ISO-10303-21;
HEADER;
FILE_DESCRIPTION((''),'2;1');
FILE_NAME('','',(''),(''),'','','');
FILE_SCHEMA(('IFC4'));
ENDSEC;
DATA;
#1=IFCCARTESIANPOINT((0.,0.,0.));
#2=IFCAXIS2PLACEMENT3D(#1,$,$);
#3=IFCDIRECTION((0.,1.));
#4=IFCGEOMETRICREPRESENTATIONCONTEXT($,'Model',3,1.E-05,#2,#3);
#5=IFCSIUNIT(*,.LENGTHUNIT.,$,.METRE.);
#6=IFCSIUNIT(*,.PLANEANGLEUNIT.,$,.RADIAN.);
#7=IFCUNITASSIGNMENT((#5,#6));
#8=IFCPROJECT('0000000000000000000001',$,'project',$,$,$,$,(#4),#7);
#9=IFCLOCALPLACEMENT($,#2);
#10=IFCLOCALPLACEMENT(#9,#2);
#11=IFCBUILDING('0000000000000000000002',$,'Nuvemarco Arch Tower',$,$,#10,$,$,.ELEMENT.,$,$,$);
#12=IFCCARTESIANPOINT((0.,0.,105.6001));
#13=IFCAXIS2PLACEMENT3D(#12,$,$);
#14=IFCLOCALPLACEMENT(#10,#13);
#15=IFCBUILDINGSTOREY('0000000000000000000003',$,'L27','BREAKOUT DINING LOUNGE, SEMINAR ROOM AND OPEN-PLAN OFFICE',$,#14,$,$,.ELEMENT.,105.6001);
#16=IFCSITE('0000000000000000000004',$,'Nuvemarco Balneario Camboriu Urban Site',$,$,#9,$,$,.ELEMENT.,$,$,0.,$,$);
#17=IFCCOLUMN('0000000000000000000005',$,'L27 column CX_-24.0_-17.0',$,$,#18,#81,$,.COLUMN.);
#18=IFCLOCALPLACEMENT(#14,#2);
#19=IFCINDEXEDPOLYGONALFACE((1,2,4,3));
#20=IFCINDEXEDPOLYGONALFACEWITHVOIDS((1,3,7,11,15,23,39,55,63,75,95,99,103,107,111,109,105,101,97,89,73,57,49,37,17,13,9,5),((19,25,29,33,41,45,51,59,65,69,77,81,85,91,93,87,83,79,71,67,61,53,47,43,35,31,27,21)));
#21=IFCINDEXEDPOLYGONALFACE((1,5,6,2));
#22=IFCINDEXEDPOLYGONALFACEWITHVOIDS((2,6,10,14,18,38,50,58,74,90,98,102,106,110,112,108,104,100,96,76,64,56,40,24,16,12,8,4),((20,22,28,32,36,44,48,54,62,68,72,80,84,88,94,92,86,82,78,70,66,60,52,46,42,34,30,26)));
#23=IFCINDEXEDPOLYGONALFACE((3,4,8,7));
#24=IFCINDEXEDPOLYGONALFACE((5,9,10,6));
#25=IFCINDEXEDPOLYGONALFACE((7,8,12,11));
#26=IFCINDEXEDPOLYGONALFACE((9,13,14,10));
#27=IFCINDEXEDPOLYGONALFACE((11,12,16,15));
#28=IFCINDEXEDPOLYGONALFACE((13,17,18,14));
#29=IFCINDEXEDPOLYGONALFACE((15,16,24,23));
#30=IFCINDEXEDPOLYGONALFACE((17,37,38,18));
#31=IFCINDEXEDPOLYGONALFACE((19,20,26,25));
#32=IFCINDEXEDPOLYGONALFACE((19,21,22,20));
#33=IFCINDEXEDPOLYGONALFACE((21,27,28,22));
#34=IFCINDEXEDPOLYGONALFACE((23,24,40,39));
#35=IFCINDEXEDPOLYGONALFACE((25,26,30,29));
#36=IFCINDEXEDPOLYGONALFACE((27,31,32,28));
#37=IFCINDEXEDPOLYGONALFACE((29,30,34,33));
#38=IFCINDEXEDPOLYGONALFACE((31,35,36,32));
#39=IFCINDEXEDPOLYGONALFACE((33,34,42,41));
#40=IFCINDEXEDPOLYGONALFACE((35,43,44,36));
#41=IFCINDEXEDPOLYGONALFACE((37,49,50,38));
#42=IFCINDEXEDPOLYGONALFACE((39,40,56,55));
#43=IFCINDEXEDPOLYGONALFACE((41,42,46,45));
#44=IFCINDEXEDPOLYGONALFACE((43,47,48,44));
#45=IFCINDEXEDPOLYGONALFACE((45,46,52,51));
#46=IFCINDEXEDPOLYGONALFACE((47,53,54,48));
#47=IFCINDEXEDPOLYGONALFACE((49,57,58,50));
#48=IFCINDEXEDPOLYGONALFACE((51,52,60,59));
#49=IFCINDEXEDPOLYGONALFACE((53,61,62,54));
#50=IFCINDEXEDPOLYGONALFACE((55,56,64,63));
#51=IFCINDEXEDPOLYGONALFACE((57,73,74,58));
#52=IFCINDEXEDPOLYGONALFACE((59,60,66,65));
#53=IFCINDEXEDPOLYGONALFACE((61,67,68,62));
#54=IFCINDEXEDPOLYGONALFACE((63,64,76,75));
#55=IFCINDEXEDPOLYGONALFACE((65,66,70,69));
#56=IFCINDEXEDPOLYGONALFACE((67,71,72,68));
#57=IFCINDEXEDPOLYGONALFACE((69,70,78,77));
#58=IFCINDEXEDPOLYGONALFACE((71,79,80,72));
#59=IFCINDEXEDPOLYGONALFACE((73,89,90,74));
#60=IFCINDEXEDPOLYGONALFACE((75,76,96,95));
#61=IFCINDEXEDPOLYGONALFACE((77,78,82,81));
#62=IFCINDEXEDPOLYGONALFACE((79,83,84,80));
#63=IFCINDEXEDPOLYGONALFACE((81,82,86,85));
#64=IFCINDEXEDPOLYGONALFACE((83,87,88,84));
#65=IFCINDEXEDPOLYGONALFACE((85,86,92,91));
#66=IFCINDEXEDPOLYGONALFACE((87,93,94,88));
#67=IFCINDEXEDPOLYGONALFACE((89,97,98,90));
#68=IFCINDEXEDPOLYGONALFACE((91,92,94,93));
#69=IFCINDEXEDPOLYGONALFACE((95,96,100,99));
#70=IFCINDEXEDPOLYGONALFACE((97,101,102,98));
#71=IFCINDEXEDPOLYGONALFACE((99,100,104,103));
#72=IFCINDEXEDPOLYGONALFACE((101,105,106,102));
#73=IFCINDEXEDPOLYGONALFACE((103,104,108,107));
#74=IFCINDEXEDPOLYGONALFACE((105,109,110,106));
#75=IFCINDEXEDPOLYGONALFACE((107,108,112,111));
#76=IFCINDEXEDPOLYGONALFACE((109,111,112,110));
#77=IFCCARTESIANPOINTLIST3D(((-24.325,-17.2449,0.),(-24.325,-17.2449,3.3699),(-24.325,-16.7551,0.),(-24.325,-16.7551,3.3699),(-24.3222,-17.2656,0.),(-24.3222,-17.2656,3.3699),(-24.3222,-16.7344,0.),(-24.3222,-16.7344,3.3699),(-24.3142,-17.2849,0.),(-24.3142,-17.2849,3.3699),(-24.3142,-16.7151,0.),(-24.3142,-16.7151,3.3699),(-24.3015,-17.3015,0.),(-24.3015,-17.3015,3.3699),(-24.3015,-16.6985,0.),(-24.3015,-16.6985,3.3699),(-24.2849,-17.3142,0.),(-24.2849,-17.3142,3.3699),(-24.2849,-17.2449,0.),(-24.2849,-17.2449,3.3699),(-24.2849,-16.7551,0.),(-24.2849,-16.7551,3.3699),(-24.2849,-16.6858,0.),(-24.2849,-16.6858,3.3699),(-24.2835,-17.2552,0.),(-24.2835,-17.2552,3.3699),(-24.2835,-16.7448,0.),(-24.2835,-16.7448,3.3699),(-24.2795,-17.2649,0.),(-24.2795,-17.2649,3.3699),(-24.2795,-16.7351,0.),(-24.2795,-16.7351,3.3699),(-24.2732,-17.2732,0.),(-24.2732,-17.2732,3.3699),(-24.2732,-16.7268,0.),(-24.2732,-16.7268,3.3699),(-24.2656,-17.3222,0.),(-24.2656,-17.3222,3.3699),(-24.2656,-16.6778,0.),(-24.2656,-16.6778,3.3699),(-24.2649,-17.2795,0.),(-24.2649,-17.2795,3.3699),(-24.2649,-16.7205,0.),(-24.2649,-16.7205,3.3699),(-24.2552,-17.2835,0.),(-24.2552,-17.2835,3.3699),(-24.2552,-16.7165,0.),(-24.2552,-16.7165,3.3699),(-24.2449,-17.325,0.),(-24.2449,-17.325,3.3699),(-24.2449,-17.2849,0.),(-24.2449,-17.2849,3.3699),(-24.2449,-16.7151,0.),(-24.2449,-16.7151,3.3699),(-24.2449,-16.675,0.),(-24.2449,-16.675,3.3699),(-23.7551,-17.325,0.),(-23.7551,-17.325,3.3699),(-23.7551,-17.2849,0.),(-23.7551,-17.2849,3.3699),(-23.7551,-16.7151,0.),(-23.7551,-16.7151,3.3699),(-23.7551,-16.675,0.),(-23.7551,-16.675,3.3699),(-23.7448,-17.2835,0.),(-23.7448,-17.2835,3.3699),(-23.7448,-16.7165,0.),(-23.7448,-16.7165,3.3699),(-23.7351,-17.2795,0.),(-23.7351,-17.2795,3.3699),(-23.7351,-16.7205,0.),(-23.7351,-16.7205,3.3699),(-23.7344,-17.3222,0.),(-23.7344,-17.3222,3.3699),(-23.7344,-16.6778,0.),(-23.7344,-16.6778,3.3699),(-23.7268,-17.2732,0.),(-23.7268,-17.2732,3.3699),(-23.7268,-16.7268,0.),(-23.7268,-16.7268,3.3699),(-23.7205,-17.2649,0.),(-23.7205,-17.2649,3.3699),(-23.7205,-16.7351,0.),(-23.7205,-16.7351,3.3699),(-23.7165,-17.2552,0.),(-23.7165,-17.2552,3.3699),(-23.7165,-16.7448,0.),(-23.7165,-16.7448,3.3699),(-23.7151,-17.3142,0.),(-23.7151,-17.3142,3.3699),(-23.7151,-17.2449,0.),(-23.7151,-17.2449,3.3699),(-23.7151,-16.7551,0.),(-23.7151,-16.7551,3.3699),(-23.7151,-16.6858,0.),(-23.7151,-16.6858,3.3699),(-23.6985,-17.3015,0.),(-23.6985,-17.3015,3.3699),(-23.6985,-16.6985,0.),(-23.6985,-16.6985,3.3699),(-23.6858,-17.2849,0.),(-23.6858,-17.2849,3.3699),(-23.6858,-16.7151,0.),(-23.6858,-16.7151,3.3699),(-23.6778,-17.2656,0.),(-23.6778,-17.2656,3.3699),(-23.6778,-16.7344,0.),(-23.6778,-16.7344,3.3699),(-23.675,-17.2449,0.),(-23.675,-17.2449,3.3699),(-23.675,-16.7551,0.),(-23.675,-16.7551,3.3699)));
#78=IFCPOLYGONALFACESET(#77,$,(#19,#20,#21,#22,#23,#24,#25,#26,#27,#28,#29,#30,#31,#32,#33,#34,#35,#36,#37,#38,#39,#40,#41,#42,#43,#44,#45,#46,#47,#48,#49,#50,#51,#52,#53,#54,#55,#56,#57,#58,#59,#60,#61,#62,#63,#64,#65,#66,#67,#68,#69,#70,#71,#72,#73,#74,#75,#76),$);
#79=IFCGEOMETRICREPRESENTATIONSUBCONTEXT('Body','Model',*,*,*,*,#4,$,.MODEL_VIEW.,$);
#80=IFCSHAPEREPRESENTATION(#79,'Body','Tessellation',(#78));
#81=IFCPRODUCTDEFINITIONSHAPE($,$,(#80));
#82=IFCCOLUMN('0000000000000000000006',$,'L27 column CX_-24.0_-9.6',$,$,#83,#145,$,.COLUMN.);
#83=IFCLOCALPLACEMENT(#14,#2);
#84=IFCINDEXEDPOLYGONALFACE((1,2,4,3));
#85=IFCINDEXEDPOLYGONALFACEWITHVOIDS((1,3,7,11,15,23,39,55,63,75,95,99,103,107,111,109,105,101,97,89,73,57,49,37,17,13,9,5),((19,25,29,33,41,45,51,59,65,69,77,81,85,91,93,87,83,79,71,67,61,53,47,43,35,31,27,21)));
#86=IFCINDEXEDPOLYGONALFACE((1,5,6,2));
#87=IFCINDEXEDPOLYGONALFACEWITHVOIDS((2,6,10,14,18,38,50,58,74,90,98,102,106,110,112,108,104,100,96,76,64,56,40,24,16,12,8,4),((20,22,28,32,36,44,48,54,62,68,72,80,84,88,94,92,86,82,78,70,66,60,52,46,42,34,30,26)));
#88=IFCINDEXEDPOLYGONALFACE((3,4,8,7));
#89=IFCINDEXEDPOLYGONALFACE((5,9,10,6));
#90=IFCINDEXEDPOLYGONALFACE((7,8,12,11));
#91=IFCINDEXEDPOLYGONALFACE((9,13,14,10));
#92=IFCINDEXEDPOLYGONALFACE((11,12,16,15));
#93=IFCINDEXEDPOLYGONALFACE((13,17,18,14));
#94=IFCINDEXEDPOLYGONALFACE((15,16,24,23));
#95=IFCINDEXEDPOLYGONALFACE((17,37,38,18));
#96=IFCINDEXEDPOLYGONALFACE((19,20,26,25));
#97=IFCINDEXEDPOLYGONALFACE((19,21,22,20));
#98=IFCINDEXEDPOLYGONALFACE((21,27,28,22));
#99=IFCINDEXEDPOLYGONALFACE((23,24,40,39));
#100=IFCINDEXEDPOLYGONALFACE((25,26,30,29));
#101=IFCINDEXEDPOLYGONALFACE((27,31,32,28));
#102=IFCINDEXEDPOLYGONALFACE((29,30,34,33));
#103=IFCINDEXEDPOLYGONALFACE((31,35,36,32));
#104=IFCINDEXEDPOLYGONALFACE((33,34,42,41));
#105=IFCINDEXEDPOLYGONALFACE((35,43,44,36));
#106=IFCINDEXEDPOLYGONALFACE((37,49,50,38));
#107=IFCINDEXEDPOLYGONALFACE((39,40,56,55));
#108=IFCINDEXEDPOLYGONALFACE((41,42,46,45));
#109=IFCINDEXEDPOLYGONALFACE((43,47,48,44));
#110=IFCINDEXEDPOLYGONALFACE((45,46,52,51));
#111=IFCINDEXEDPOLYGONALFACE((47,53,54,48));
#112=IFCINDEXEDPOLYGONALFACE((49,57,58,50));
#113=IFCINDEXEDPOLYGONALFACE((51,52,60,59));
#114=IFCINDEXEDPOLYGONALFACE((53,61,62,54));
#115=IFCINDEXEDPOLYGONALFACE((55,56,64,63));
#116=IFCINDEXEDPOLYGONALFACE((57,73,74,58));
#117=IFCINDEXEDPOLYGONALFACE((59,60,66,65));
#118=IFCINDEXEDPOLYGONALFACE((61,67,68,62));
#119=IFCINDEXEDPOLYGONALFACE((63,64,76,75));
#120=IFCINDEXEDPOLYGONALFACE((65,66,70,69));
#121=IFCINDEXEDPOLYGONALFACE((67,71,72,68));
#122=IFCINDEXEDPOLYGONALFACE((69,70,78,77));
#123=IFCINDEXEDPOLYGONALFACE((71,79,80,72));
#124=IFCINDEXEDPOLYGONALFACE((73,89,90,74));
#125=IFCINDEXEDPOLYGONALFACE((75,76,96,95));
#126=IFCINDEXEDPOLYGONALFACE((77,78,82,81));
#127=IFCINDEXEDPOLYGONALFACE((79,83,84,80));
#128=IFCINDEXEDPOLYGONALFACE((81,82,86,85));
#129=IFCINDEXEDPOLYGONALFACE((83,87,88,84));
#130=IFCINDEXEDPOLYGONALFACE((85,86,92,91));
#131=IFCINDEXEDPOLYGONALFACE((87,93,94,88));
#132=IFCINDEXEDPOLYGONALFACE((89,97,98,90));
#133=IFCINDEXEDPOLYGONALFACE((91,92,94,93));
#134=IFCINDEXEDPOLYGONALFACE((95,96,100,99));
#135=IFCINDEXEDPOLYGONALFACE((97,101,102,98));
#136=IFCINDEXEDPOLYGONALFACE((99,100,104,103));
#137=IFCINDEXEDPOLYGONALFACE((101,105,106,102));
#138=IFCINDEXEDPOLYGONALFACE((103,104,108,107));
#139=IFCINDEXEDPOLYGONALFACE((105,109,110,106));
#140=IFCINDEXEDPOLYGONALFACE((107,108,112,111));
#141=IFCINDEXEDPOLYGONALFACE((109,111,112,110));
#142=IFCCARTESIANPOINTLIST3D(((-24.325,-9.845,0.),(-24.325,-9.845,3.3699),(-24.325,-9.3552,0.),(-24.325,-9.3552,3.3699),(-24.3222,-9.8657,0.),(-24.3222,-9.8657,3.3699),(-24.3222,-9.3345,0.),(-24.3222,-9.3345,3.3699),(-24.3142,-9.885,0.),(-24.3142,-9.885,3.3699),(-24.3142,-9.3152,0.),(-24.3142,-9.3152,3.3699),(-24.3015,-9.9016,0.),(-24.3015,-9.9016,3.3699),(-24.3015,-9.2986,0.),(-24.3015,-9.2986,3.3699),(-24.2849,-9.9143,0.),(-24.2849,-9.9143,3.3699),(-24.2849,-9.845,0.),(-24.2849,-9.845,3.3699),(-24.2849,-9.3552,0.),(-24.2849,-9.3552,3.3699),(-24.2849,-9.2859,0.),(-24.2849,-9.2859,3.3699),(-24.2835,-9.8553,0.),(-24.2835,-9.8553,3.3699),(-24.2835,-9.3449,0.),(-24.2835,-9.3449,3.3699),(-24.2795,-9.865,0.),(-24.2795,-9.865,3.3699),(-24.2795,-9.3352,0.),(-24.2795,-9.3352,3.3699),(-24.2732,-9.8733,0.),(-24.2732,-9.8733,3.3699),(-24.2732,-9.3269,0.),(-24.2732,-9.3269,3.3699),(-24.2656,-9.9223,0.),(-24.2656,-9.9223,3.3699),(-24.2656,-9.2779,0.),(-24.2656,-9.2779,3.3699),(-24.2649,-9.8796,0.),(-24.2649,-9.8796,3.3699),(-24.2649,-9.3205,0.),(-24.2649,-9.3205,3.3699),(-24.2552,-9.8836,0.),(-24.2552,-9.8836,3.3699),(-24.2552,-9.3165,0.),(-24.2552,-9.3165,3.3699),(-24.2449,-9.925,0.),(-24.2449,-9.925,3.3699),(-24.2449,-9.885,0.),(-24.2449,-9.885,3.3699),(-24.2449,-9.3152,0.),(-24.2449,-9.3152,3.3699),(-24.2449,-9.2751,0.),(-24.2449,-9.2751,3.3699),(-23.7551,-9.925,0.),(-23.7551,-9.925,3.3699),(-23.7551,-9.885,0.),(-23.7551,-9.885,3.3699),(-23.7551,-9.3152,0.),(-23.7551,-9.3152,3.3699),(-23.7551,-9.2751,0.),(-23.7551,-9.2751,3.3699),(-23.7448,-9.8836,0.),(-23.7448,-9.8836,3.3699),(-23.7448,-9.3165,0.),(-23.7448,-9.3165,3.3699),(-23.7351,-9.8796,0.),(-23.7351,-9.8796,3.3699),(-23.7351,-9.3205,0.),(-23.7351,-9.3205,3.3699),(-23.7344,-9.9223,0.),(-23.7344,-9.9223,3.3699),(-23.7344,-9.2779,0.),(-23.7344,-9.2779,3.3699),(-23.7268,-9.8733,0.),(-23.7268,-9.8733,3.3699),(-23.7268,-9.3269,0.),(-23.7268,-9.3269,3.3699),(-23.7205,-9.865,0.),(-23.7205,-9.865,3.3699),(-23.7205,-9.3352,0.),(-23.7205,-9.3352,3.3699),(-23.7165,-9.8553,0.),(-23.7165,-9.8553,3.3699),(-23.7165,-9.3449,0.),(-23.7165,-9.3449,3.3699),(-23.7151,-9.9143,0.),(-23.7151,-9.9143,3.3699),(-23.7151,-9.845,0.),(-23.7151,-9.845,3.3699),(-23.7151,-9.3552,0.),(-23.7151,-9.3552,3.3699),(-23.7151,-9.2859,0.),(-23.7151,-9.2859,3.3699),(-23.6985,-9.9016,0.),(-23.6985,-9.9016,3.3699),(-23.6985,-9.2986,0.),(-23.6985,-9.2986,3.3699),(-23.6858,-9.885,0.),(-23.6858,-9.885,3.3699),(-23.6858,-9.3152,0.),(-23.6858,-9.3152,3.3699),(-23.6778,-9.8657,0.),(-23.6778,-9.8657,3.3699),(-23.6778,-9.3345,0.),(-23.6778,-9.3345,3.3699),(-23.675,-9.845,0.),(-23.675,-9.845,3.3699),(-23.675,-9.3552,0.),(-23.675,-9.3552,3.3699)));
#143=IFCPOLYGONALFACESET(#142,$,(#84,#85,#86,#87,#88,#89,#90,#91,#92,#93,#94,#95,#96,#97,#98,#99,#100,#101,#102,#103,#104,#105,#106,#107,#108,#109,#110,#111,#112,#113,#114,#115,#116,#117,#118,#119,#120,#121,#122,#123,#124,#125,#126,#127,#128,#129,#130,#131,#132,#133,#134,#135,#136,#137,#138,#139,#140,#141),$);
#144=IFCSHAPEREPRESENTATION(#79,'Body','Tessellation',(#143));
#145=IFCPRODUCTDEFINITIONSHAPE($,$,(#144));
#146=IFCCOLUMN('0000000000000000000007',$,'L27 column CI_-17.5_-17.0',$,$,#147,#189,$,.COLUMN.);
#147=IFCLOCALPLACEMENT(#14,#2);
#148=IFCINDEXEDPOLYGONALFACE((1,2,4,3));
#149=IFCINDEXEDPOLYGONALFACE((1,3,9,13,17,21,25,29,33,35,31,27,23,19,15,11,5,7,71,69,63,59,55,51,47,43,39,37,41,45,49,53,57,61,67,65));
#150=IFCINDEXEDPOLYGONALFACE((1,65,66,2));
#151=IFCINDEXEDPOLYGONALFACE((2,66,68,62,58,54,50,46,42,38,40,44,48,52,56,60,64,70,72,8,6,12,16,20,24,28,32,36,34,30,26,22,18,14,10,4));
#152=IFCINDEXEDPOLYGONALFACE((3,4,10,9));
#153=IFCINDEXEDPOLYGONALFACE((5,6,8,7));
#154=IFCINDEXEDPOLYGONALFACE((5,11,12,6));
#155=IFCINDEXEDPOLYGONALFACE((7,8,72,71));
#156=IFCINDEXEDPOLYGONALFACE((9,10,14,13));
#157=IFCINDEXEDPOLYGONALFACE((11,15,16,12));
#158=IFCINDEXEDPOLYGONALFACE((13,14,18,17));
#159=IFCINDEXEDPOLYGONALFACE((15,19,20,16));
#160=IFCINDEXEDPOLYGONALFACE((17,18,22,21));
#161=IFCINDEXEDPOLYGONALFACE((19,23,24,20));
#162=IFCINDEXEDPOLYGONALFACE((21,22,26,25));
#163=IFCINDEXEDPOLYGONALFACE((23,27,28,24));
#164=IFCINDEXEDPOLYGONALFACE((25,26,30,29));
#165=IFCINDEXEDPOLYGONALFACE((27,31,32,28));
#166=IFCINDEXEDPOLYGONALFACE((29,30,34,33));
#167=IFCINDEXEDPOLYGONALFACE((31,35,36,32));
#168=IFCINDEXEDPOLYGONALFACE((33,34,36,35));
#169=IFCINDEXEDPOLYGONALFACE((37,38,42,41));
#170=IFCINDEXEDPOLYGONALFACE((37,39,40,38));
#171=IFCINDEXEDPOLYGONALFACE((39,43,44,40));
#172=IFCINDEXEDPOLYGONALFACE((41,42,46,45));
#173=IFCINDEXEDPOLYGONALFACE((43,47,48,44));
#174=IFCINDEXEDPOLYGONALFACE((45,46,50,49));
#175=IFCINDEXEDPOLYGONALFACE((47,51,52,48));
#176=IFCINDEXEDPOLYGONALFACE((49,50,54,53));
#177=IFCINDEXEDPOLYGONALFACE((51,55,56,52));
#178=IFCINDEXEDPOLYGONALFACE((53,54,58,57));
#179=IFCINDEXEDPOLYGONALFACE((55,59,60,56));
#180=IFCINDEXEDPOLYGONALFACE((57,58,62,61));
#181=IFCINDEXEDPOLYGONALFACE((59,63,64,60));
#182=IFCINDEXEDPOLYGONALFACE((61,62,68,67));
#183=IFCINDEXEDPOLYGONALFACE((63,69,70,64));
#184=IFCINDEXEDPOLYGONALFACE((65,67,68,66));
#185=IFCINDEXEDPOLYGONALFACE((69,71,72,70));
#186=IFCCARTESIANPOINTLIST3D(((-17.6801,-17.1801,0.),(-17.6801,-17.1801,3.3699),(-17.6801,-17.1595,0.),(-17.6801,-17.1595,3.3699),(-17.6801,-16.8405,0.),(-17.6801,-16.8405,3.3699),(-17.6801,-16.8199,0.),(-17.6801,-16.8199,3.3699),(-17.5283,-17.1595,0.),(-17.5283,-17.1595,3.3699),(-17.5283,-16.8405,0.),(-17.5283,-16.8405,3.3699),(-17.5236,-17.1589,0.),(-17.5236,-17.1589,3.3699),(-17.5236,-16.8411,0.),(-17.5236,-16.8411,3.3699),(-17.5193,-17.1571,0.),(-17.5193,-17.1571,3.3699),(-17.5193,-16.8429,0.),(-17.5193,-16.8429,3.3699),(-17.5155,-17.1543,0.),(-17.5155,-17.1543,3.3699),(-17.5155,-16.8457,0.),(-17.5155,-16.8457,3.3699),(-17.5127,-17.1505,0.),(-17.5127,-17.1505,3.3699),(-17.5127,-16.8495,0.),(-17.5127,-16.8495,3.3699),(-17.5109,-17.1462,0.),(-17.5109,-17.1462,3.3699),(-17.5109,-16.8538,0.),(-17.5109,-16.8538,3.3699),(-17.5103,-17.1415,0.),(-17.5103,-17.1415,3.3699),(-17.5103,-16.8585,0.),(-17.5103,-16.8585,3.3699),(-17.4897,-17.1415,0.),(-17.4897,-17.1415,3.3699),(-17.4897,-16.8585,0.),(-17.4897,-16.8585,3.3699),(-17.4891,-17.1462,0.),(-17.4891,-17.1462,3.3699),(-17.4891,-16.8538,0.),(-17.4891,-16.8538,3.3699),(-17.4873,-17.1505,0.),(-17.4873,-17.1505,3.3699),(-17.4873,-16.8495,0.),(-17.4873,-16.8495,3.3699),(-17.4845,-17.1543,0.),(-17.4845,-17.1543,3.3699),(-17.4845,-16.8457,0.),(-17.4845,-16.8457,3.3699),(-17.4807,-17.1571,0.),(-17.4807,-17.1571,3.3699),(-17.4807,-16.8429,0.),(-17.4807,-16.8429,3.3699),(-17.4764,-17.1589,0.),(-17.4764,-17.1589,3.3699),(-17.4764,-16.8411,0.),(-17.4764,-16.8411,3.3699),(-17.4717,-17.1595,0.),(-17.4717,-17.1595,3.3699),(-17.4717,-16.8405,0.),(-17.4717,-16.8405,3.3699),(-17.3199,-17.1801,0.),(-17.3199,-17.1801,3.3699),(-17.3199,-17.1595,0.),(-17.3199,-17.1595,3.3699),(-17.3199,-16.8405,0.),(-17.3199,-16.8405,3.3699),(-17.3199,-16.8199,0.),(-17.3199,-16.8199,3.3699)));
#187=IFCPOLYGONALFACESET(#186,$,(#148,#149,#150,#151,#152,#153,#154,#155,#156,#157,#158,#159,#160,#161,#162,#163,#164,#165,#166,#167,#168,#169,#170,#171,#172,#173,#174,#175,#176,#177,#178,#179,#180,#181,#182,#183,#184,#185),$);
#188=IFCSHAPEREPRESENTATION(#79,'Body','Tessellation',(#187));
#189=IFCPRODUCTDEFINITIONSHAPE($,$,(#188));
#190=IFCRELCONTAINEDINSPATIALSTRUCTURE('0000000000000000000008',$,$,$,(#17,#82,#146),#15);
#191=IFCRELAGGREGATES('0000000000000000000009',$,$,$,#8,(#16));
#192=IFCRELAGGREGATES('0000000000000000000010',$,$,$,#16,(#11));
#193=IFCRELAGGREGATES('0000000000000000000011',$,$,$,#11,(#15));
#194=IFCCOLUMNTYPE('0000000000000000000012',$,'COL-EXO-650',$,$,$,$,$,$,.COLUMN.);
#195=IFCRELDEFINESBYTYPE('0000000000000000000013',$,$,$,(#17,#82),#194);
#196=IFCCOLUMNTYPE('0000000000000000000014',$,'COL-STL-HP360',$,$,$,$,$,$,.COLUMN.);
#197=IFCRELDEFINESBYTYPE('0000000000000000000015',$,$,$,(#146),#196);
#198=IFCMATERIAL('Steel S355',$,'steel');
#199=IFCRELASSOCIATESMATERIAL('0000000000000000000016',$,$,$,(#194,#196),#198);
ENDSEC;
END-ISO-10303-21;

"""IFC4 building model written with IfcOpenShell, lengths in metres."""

from ifc_helpers import new_model, si_unit, direction, frame, origin, origin_2d, place, context, subcontext, project, spatial, hollow_rectangle, i_section, extrude, material, material_profile, profile_set, type_object, element, save


model = new_model("IFC4")

# Units and contexts
model_context = context("Model", 3, precision=1e-05, world=origin(), true_north=direction((0.0, 1.0)))
body_context = subcontext(model_context, "Body", "Model", "MODEL_VIEW")
ifc_project = project(units=[si_unit("LENGTHUNIT", "METRE"), si_unit("PLANEANGLEUNIT", "RADIAN")], contexts=[model_context])

# Site, building, storey
site_placement = place(None, origin())
site = spatial("IfcSite", under=ifc_project, at=site_placement, Name="Nuvemarco Balneario Camboriu Urban Site", CompositionType="ELEMENT", RefElevation=0.0)
building_placement = place(site_placement, origin())
building = spatial("IfcBuilding", under=site, at=building_placement, Name="Nuvemarco Arch Tower", CompositionType="ELEMENT")
storey_placement = place(building_placement, frame((0.0, 0.0, 105.6001)))
storey = spatial("IfcBuildingStorey", under=building, at=storey_placement, Name="L27", Description="BREAKOUT DINING LOUNGE, SEMINAR ROOM AND OPEN-PLAN OFFICE", CompositionType="ELEMENT", Elevation=105.6001)

# Columns
ifc_material_1 = material(Name="Steel S355", Category="steel")
ifc_material_profile_1 = material_profile(ifc_material_1, hollow_rectangle(XDim=0.6499, YDim=0.6499, WallThickness=0.04, InnerFilletRadius=0.04, OuterFilletRadius=0.0801, at=origin_2d()), Name="SHS650x650x40")
ifc_profile_set_1 = profile_set([ifc_material_profile_1], Name="Steel S355")
column_type_1 = type_object("IfcColumnType", Name="COL-EXO-650", PredefinedType="COLUMN", material=ifc_profile_set_1)
for number, where, z_axis, x_axis, name in (
    (1, (-24.0, -17.0, 0.0), (0.0, 0.0, 1.0), (1.0, 0.0, 0.0), "L27 column CX_-24.0_-17.0"),
    (2, (-24.0, -9.6001, 0.0), (0.0, 0.0, 1.0), (1.0, 0.0, 0.0), "L27 column CX_-24.0_-9.6"),
):
    element("IfcColumn", number, at=place(storey_placement, frame(where, z_axis=z_axis, x_axis=x_axis)), inside=storey, type_object=column_type_1, Name=name, PredefinedType="COLUMN", context=body_context, shape_type="SweptSolid", body=[
        extrude(hollow_rectangle(XDim=0.6499, YDim=0.6499, WallThickness=0.04, InnerFilletRadius=0.04, OuterFilletRadius=0.0801, at=origin_2d()), origin(), (0.0, 0.0, 1.0), 3.3699),
    ])
ifc_material_profile_2 = material_profile(ifc_material_1, i_section(OverallWidth=0.3601, OverallDepth=0.3601, WebThickness=0.0205, FlangeThickness=0.0205, FilletRadius=0.0181, at=origin_2d()), Name="HP360x174")
ifc_profile_set_2 = profile_set([ifc_material_profile_2], Name="Steel S355")
column_type_2 = type_object("IfcColumnType", Name="COL-STL-HP360", PredefinedType="COLUMN", material=ifc_profile_set_2)
column_placement = place(storey_placement, frame((-17.5, -17.0, 0.0), z_axis=(0.0, 0.0, 1.0), x_axis=(1.0, 0.0, 0.0)))
element("IfcColumn", 3, at=column_placement, inside=storey, type_object=column_type_2, Name="L27 column CI_-17.5_-17.0", PredefinedType="COLUMN", context=body_context, shape_type="SweptSolid", body=[
    extrude(i_section(OverallWidth=0.3601, OverallDepth=0.3601, WebThickness=0.0205, FlangeThickness=0.0205, FilletRadius=0.0181, at=origin_2d()), origin(), (0.0, 0.0, 1.0), 3.3699),
])

save(model, "model.ifc")
